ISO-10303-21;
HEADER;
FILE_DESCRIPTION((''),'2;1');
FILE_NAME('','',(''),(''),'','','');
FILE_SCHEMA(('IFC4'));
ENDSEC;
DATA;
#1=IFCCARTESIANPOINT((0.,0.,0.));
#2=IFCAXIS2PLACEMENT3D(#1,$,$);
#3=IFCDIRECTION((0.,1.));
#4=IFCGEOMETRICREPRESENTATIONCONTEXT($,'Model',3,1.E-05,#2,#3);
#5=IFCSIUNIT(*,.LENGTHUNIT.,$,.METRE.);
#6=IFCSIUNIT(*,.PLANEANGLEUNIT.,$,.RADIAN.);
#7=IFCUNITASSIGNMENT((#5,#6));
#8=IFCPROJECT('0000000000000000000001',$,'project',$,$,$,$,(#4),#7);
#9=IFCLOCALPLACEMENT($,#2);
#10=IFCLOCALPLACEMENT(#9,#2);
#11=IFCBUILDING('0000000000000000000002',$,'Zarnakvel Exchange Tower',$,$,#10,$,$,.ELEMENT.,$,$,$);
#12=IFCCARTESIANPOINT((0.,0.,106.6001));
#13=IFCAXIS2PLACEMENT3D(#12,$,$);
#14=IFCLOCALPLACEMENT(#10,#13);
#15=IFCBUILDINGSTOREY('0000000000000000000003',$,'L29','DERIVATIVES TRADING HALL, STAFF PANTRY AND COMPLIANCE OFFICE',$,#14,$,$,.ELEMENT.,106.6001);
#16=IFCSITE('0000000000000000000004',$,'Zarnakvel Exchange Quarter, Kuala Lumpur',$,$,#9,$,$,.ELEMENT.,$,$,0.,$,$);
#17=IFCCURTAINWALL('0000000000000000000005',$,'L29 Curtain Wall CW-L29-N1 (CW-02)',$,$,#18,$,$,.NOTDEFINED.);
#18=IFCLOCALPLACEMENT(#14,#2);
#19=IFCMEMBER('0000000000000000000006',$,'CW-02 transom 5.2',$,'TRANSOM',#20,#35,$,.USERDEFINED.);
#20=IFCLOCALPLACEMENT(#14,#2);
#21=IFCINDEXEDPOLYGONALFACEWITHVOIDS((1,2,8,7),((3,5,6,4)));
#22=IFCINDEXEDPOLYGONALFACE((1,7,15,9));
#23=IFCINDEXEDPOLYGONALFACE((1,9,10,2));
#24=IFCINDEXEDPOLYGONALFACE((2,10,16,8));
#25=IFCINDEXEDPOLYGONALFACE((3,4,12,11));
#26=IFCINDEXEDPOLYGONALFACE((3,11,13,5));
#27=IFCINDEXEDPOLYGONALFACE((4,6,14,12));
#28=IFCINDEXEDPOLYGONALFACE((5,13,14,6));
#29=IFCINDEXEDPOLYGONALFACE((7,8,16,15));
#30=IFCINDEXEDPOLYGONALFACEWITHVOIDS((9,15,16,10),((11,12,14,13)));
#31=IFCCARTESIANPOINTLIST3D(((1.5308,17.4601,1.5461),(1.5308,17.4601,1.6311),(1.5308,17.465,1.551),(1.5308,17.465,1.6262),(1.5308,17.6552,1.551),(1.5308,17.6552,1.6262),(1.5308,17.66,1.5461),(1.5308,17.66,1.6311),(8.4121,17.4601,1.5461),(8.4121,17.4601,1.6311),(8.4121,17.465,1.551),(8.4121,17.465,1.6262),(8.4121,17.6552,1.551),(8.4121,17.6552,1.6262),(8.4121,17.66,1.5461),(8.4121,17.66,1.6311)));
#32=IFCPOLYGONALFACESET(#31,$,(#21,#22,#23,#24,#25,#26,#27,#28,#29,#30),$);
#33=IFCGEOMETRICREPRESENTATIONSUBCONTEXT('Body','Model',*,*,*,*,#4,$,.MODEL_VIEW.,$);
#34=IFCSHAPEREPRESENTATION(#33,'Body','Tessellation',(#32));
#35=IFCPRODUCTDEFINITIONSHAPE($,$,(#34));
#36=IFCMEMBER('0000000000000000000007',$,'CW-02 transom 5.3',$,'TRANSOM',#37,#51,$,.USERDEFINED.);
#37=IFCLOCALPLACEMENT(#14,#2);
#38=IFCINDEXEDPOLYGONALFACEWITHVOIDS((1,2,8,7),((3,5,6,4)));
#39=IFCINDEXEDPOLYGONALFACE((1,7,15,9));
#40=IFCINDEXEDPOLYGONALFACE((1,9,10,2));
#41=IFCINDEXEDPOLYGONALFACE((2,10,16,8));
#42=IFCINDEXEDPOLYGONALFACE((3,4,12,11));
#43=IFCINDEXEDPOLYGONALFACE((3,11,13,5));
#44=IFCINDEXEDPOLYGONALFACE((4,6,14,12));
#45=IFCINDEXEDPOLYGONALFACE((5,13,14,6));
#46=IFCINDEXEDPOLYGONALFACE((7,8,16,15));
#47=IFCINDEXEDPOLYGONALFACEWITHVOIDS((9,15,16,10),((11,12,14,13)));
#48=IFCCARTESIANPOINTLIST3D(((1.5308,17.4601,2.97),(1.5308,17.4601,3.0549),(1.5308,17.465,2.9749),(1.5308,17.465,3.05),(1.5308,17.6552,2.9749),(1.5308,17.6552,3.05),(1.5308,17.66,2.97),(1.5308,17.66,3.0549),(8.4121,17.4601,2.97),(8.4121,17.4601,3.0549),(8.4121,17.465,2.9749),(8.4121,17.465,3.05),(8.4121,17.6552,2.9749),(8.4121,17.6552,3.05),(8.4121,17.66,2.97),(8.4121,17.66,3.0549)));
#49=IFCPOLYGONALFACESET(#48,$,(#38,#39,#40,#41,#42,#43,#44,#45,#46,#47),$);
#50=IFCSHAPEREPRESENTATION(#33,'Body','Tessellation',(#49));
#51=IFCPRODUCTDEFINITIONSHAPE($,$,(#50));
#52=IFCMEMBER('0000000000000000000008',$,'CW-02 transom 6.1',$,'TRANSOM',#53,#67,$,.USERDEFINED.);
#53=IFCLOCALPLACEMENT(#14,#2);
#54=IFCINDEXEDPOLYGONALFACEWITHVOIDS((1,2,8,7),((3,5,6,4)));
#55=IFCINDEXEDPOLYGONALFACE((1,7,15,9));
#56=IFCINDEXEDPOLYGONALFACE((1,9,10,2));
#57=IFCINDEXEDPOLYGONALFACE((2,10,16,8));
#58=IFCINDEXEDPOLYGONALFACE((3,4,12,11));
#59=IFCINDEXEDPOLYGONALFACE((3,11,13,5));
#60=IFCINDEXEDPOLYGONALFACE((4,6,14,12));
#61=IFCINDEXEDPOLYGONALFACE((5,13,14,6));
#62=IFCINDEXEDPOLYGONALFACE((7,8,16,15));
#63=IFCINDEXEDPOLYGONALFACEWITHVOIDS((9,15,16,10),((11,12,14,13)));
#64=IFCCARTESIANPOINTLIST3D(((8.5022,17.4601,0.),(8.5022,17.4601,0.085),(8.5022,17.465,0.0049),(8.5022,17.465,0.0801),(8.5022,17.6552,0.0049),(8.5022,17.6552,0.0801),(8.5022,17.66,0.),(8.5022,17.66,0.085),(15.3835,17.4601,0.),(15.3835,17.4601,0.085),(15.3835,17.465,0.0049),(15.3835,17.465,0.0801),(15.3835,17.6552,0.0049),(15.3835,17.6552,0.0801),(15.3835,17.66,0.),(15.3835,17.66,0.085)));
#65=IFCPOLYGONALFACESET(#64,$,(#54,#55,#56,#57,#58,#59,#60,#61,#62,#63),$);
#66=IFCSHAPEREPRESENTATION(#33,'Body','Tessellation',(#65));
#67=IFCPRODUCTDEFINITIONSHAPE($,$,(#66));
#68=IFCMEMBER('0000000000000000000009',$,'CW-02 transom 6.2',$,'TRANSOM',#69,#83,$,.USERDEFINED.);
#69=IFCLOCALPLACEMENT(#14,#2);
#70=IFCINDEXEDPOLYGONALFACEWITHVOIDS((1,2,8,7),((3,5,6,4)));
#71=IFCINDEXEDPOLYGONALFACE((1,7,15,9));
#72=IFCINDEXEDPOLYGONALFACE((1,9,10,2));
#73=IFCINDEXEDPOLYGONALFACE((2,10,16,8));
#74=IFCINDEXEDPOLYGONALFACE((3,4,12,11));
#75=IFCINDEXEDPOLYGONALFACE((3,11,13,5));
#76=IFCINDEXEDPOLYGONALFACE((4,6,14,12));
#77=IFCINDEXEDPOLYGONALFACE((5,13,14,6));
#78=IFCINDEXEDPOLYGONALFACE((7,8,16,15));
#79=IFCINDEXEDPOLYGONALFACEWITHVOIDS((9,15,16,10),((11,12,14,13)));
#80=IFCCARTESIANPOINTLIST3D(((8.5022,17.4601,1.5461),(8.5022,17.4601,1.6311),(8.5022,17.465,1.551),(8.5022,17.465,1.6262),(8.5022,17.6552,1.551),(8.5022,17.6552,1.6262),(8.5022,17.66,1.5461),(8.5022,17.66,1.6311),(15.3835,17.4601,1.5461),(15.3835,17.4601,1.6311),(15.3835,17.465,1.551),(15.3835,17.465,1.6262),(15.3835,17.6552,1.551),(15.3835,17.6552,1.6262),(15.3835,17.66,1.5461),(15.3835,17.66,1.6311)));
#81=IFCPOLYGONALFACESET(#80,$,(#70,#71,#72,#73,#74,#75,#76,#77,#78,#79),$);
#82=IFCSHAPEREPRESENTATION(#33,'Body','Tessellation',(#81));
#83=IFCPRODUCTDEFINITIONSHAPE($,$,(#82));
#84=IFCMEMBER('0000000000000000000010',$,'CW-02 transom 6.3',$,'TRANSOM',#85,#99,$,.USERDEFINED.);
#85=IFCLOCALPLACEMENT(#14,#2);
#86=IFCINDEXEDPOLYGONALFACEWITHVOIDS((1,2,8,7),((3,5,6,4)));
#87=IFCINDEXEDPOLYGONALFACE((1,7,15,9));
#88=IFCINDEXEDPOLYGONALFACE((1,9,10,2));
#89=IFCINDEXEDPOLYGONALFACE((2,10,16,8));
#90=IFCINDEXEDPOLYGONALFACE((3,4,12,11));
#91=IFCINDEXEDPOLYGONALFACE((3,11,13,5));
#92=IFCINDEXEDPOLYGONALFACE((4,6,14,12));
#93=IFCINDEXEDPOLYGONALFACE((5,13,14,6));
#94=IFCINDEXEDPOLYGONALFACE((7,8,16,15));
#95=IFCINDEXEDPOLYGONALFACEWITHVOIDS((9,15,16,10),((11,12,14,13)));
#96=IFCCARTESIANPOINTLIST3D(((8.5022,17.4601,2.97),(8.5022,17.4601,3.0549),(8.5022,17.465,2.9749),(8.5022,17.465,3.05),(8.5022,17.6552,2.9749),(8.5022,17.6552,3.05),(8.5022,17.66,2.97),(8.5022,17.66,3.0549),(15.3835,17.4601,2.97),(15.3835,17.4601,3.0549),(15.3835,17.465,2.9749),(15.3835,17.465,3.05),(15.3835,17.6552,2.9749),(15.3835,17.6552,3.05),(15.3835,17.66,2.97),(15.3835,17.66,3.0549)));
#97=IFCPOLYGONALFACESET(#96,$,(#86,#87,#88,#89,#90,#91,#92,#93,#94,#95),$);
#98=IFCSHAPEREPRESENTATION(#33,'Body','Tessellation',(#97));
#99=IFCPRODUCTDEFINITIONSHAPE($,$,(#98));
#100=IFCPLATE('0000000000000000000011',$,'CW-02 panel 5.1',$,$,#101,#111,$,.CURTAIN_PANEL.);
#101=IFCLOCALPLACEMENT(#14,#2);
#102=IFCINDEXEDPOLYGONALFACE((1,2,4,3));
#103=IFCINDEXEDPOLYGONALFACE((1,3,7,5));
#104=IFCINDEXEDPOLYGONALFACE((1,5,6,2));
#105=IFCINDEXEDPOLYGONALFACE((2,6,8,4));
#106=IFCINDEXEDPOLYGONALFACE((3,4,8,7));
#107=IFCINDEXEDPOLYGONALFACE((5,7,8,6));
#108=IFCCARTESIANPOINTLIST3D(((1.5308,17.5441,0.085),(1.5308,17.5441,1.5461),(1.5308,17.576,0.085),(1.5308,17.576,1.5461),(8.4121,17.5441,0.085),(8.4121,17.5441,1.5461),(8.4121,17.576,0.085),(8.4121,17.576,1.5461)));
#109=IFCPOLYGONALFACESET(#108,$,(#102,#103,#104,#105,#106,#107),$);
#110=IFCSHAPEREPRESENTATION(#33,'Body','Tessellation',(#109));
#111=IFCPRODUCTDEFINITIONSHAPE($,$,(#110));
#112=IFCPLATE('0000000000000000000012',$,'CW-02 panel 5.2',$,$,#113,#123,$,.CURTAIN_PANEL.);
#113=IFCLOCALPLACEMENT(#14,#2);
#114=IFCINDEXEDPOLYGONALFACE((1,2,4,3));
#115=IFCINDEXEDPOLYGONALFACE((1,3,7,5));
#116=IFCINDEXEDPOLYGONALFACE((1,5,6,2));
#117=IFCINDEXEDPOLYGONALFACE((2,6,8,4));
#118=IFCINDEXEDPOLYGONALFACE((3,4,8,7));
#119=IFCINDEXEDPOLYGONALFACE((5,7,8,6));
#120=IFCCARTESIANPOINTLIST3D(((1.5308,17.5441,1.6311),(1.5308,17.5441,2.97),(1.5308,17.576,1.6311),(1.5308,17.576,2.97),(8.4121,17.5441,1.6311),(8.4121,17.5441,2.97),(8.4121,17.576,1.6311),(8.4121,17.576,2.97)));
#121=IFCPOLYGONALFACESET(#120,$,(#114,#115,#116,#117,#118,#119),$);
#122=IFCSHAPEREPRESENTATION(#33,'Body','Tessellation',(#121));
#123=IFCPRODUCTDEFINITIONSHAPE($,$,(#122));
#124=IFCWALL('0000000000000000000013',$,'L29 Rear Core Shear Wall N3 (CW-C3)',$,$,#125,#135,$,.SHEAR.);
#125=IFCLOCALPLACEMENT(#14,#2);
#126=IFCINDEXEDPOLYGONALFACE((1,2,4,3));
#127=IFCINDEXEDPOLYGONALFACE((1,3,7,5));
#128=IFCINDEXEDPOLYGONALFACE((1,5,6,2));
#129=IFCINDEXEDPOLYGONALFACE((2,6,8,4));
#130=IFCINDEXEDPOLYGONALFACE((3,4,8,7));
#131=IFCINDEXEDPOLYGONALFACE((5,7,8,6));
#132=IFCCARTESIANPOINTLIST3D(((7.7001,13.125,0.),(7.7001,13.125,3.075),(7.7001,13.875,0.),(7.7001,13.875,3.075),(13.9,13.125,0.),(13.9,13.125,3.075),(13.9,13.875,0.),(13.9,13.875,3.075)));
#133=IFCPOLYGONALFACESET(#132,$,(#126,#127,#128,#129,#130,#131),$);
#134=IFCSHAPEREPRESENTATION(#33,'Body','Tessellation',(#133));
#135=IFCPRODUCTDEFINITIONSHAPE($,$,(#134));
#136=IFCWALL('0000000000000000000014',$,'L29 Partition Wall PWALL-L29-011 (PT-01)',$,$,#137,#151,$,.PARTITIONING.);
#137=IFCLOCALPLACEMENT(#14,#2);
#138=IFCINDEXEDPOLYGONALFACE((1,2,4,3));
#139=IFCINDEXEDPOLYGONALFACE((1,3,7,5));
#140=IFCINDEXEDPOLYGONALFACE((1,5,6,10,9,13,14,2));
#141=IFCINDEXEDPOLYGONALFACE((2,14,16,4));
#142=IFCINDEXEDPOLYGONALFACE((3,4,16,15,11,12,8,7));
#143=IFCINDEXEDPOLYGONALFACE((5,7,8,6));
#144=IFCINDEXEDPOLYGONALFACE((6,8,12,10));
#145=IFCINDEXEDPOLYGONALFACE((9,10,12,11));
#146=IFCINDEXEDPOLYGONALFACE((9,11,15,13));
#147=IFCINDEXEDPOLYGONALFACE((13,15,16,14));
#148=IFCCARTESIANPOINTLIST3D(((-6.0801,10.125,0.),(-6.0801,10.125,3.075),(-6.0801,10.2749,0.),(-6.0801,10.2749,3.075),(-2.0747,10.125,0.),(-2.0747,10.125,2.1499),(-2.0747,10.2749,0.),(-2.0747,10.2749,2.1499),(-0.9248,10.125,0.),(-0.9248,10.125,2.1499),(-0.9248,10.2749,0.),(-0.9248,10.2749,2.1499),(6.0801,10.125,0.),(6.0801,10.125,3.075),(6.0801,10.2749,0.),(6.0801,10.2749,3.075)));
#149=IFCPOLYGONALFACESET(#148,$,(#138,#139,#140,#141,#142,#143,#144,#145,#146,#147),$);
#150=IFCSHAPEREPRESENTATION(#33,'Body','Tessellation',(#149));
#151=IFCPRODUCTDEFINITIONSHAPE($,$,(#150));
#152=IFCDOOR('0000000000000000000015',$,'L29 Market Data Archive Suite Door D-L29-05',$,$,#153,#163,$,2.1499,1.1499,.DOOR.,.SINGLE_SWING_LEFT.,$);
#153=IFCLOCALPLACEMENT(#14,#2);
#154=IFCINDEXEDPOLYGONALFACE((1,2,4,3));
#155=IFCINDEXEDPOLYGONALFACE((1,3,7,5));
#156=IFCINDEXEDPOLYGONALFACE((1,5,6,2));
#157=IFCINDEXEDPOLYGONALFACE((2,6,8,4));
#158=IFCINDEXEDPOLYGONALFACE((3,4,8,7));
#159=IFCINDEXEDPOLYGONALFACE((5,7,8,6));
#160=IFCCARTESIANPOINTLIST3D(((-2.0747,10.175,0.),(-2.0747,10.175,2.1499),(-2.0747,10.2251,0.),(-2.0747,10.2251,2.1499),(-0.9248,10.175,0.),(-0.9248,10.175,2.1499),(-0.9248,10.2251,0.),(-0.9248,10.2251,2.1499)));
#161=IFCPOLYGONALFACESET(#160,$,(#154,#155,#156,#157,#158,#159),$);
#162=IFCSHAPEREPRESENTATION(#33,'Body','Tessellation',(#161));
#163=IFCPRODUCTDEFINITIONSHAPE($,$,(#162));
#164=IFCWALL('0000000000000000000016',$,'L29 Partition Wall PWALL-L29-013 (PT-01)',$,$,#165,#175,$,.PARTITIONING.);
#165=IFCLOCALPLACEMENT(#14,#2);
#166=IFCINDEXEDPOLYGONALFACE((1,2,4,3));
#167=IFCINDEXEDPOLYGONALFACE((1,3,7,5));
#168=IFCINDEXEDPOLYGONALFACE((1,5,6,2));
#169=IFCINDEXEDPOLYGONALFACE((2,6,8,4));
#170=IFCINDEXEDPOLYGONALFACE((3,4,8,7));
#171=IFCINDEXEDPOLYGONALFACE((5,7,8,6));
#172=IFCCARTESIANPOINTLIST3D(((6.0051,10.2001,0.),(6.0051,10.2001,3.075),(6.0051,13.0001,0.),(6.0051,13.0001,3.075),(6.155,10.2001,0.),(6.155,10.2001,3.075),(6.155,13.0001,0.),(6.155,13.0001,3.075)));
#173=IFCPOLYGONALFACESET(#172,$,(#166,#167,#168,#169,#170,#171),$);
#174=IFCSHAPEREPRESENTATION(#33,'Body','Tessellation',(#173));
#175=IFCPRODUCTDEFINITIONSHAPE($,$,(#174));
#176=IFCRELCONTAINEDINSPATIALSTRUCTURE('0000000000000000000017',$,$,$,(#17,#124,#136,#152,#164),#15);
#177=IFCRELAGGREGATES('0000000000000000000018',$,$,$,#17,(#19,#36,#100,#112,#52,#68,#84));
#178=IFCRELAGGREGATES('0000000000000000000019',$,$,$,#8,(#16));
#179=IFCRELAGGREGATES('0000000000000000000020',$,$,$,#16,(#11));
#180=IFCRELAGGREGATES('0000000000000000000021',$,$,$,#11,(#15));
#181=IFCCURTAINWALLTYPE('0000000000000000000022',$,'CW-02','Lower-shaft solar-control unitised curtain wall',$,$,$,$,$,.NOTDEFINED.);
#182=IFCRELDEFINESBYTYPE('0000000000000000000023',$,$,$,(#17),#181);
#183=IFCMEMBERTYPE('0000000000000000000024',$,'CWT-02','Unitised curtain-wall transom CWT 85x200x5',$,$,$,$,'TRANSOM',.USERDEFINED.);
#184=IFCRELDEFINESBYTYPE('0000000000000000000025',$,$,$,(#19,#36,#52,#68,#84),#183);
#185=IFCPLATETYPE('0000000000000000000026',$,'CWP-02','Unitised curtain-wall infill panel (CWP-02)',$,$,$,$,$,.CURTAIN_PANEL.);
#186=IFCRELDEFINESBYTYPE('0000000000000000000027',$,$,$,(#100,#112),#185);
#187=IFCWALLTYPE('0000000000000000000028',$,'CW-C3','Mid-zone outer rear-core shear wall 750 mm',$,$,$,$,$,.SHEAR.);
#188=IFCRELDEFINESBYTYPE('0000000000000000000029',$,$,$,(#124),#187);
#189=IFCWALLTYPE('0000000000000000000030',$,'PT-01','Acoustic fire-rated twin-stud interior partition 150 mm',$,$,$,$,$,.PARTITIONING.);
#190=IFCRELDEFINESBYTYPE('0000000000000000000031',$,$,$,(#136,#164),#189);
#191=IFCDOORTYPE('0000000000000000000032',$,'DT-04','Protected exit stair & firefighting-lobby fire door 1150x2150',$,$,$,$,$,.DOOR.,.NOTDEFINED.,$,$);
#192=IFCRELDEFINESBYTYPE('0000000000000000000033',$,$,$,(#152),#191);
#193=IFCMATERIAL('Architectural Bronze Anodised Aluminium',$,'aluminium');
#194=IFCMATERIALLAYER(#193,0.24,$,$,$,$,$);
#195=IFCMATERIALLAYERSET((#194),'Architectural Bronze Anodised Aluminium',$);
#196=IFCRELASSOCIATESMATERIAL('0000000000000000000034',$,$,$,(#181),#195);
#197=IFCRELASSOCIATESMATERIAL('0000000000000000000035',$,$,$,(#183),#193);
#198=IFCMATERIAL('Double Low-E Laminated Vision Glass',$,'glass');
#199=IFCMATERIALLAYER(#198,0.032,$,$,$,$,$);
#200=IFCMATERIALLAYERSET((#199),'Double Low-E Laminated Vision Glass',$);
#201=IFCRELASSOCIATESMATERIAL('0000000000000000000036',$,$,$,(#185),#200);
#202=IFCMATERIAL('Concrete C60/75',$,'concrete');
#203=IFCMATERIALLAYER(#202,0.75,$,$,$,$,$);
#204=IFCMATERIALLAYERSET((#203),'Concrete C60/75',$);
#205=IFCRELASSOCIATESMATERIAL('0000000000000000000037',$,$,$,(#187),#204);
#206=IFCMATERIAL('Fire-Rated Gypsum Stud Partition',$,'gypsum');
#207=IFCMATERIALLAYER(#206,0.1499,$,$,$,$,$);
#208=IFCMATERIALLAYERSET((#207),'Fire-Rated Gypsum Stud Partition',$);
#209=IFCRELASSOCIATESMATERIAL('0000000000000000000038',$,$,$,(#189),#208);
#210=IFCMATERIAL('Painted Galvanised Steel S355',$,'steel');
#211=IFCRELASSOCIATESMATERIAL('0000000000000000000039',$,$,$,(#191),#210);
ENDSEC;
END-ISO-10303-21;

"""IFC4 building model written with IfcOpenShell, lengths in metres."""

from ifc_helpers import new_model, si_unit, direction, frame, frame_2d, origin, origin_2d, place, context, subcontext, project, spatial, rectangle, hollow_rectangle, extrude, source, transform, mapped, material, layer, layer_set, material_profile, profile_set, type_object, element, fill, aggregate, save


model = new_model("IFC4")

# Units and contexts
model_context = context("Model", 3, precision=1e-05, world=origin(), true_north=direction((0.0, 1.0)))
body_context = subcontext(model_context, "Body", "Model", "MODEL_VIEW")
ifc_project = project(units=[si_unit("LENGTHUNIT", "METRE"), si_unit("PLANEANGLEUNIT", "RADIAN")], contexts=[model_context])

# Site, building, storey
site_placement = place(None, origin())
site = spatial("IfcSite", under=ifc_project, at=site_placement, Name="Zarnakvel Exchange Quarter, Kuala Lumpur", CompositionType="ELEMENT", RefElevation=0.0)
building_placement = place(site_placement, origin())
building = spatial("IfcBuilding", under=site, at=building_placement, Name="Zarnakvel Exchange Tower", CompositionType="ELEMENT")
storey_placement = place(building_placement, frame((0.0, 0.0, 106.6001)))
storey = spatial("IfcBuildingStorey", under=building, at=storey_placement, Name="L29", Description="DERIVATIVES TRADING HALL, STAFF PANTRY AND COMPLIANCE OFFICE", CompositionType="ELEMENT", Elevation=106.6001)

# Shared definitions
ifc_material_1 = material(Name="Concrete C60/75", Category="concrete")

# Curtain wall, members, plates
ifc_material_2 = material(Name="Architectural Bronze Anodised Aluminium", Category="aluminium")
ifc_layer_1 = layer(ifc_material_2, 0.24)
ifc_layer_set_1 = layer_set([ifc_layer_1], Name="Architectural Bronze Anodised Aluminium")
curtain_wall_type = type_object("IfcCurtainWallType", Name="CW-02", Description="Lower-shaft solar-control unitised curtain wall", PredefinedType="NOTDEFINED", material=ifc_layer_set_1)
curtain_wall_placement = place(storey_placement, origin())
curtain_wall = element("IfcCurtainWall", 1, at=curtain_wall_placement, inside=storey, type_object=curtain_wall_type, Name="L29 Curtain Wall CW-L29-N1 (CW-02)", PredefinedType="NOTDEFINED")
ifc_material_profile_1 = material_profile(ifc_material_2, hollow_rectangle(XDim=0.2, YDim=0.085, WallThickness=0.0049, at=origin_2d()))
ifc_profile_set_1 = profile_set([ifc_material_profile_1], Name="Architectural Bronze Anodised Aluminium")
member_type_1 = type_object("IfcMemberType", Name="CWT-02", Description="Unitised curtain-wall transom CWT 85x200x5", ElementType="TRANSOM", PredefinedType="USERDEFINED", material=ifc_profile_set_1)
shared_shape_1 = source(origin(), body_context, "Body", "SweptSolid", [
    extrude(hollow_rectangle(XDim=0.2, YDim=0.085, WallThickness=0.0049, at=origin_2d()), origin(), (0.0, 0.0, 1.0), 6.8813),
])
member_1_placement = place(storey_placement, frame((1.5308, 17.5601, 1.5886), z_axis=(1.0, 0.0, 0.0), x_axis=(0.0, 1.0, 0.0)))
member_1 = element("IfcMember", 2, at=member_1_placement, type_object=member_type_1, Name="CW-02 transom 5.2", ObjectType="TRANSOM", PredefinedType="USERDEFINED", context=body_context, shape_type="MappedRepresentation", body=[
    mapped(shared_shape_1, transform((0.0, 0.0, 0.0), x_axis=(1.0, 0.0, 0.0), y_axis=(0.0, 1.0, 0.0), z_axis=(0.0, 0.0, 1.0), scale=1.0)),
])
member_2_placement = place(storey_placement, frame((1.5308, 17.5601, 3.0125), z_axis=(1.0, 0.0, 0.0), x_axis=(0.0, 1.0, 0.0)))
member_2 = element("IfcMember", 3, at=member_2_placement, type_object=member_type_1, Name="CW-02 transom 5.3", ObjectType="TRANSOM", PredefinedType="USERDEFINED", context=body_context, shape_type="MappedRepresentation", body=[
    mapped(shared_shape_1, transform((0.0, 0.0, 0.0), x_axis=(1.0, 0.0, 0.0), y_axis=(0.0, 1.0, 0.0), z_axis=(0.0, 0.0, 1.0), scale=1.0)),
])
member_3_placement = place(storey_placement, frame((8.5022, 17.5601, 0.0425), z_axis=(1.0, 0.0, 0.0), x_axis=(0.0, 1.0, 0.0)))
member_3 = element("IfcMember", 4, at=member_3_placement, type_object=member_type_1, Name="CW-02 transom 6.1", ObjectType="TRANSOM", PredefinedType="USERDEFINED", context=body_context, shape_type="MappedRepresentation", body=[
    mapped(shared_shape_1, transform((0.0, 0.0, 0.0), x_axis=(1.0, 0.0, 0.0), y_axis=(0.0, 1.0, 0.0), z_axis=(0.0, 0.0, 1.0), scale=1.0)),
])
member_4_placement = place(storey_placement, frame((8.5022, 17.5601, 1.5886), z_axis=(1.0, 0.0, 0.0), x_axis=(0.0, 1.0, 0.0)))
member_4 = element("IfcMember", 5, at=member_4_placement, type_object=member_type_1, Name="CW-02 transom 6.2", ObjectType="TRANSOM", PredefinedType="USERDEFINED", context=body_context, shape_type="MappedRepresentation", body=[
    mapped(shared_shape_1, transform((0.0, 0.0, 0.0), x_axis=(1.0, 0.0, 0.0), y_axis=(0.0, 1.0, 0.0), z_axis=(0.0, 0.0, 1.0), scale=1.0)),
])
member_5_placement = place(storey_placement, frame((8.5022, 17.5601, 3.0125), z_axis=(1.0, 0.0, 0.0), x_axis=(0.0, 1.0, 0.0)))
member_5 = element("IfcMember", 6, at=member_5_placement, type_object=member_type_1, Name="CW-02 transom 6.3", ObjectType="TRANSOM", PredefinedType="USERDEFINED", context=body_context, shape_type="MappedRepresentation", body=[
    mapped(shared_shape_1, transform((0.0, 0.0, 0.0), x_axis=(1.0, 0.0, 0.0), y_axis=(0.0, 1.0, 0.0), z_axis=(0.0, 0.0, 1.0), scale=1.0)),
])
ifc_material_3 = material(Name="Double Low-E Laminated Vision Glass", Category="glass")
ifc_layer_2 = layer(ifc_material_3, 0.032)
ifc_layer_set_2 = layer_set([ifc_layer_2], Name="Double Low-E Laminated Vision Glass")
plate_type = type_object("IfcPlateType", Name="CWP-02", Description="Unitised curtain-wall infill panel (CWP-02)", PredefinedType="CURTAIN_PANEL", material=ifc_layer_set_2)
shared_shape_2 = source(origin(), body_context, "Body", "SweptSolid", [
    extrude(rectangle(XDim=6.8813, YDim=0.032, at=origin_2d()), origin(), (0.0, 0.0, 1.0), 1.4612),
])
plate_1_placement = place(storey_placement, frame((4.9714, 17.5601, 0.085), z_axis=(0.0, 0.0, 1.0), x_axis=(1.0, 0.0, 0.0)))
plate_1 = element("IfcPlate", 7, at=plate_1_placement, type_object=plate_type, Name="CW-02 panel 5.1", PredefinedType="CURTAIN_PANEL", context=body_context, shape_type="MappedRepresentation", body=[
    mapped(shared_shape_2, transform((0.0, 0.0, 0.0), x_axis=(1.0, 0.0, 0.0), y_axis=(0.0, 1.0, 0.0), z_axis=(0.0, 0.0, 1.0), scale=1.0)),
])
shared_shape_3 = source(origin(), body_context, "Body", "SweptSolid", [
    extrude(rectangle(XDim=6.8813, YDim=0.032, at=origin_2d()), origin(), (0.0, 0.0, 1.0), 1.3389),
])
plate_2_placement = place(storey_placement, frame((4.9714, 17.5601, 1.6311), z_axis=(0.0, 0.0, 1.0), x_axis=(1.0, 0.0, 0.0)))
plate_2 = element("IfcPlate", 8, at=plate_2_placement, type_object=plate_type, Name="CW-02 panel 5.2", PredefinedType="CURTAIN_PANEL", context=body_context, shape_type="MappedRepresentation", body=[
    mapped(shared_shape_3, transform((0.0, 0.0, 0.0), x_axis=(1.0, 0.0, 0.0), y_axis=(0.0, 1.0, 0.0), z_axis=(0.0, 0.0, 1.0), scale=1.0)),
])
aggregate(curtain_wall, [member_1, member_2, plate_1, plate_2, member_3, member_4, member_5])

# Wall
ifc_layer_3 = layer(ifc_material_1, 0.75)
ifc_layer_set_3 = layer_set([ifc_layer_3], Name="Concrete C60/75")
wall_type_1 = type_object("IfcWallType", Name="CW-C3", Description="Mid-zone outer rear-core shear wall 750 mm", PredefinedType="SHEAR", material=ifc_layer_set_3)
wall_1_placement = place(storey_placement, frame((7.7, 13.5, 0.0), z_axis=(0.0, 0.0, 1.0), x_axis=(1.0, 0.0, 0.0)))
element("IfcWall", 9, at=wall_1_placement, inside=storey, type_object=wall_type_1, Name="L29 Rear Core Shear Wall N3 (CW-C3)", PredefinedType="SHEAR", context=body_context, shape_type="SweptSolid", body=[
    extrude(rectangle(XDim=6.2, YDim=0.75, at=frame_2d((3.1001, 0.0))), origin(), (0.0, 0.0, 1.0), 3.075),
])

# Wall, opening, door
ifc_material_4 = material(Name="Fire-Rated Gypsum Stud Partition", Category="gypsum")
ifc_layer_4 = layer(ifc_material_4, 0.1499)
ifc_layer_set_4 = layer_set([ifc_layer_4], Name="Fire-Rated Gypsum Stud Partition")
wall_type_2 = type_object("IfcWallType", Name="PT-01", Description="Acoustic fire-rated twin-stud interior partition 150 mm", PredefinedType="PARTITIONING", material=ifc_layer_set_4)
wall_2_placement = place(storey_placement, frame((6.0801, 10.2, 0.0), z_axis=(0.0, 0.0, 1.0), x_axis=(-1.0, 0.0, 0.0)))
wall_2 = element("IfcWall", 10, at=wall_2_placement, inside=storey, type_object=wall_type_2, Name="L29 Partition Wall PWALL-L29-011 (PT-01)", PredefinedType="PARTITIONING", context=body_context, shape_type="SweptSolid", body=[
    extrude(rectangle(XDim=12.1602, YDim=0.1499, at=frame_2d((6.0801, 0.0))), origin(), (0.0, 0.0, 1.0), 3.075),
])
opening_placement = place(wall_2_placement, frame((7.0049, 0.0, 0.0)))
opening = element("IfcOpeningElement", 11, at=opening_placement, cuts=wall_2, PredefinedType="OPENING", context=body_context, shape_type="SweptSolid", body=[
    extrude(rectangle(XDim=1.1499, YDim=2.1499, at=frame_2d((0.575, 1.075))), frame((0.0, 0.085, 0.0), z_axis=(0.0, -1.0, 0.0), x_axis=(1.0, 0.0, 0.0)), (0.0, 0.0, 1.0), 0.1699),
])
ifc_material_5 = material(Name="Painted Galvanised Steel S355", Category="steel")
door_type = type_object("IfcDoorType", Name="DT-04", Description="Protected exit stair & firefighting-lobby fire door 1150x2150", OperationType="NOTDEFINED", PredefinedType="DOOR", material=ifc_material_5)
shared_shape_4 = source(origin(), body_context, "Body", "SweptSolid", [
    extrude(rectangle(XDim=1.1499, YDim=2.1499, at=frame_2d((0.575, 1.075))), frame((0.0, 0.0249, 0.0), z_axis=(0.0, -1.0, 0.0), x_axis=(1.0, 0.0, 0.0)), (0.0, 0.0, 1.0), 0.05),
])
door_placement = place(opening_placement, origin())
door = element("IfcDoor", 12, at=door_placement, inside=storey, type_object=door_type, Name="L29 Market Data Archive Suite Door D-L29-05", OperationType="SINGLE_SWING_LEFT", OverallHeight=2.1499, OverallWidth=1.1499, PredefinedType="DOOR", context=body_context, shape_type="MappedRepresentation", body=[
    mapped(shared_shape_4, transform((0.0, 0.0, 0.0), x_axis=(1.0, 0.0, 0.0), y_axis=(0.0, 1.0, 0.0), z_axis=(0.0, 0.0, 1.0), scale=1.0)),
])
fill(opening, door)

# Wall
wall_3_placement = place(storey_placement, frame((6.0801, 13.0, 0.0), z_axis=(0.0, 0.0, 1.0), x_axis=(0.0, -1.0, 0.0)))
element("IfcWall", 13, at=wall_3_placement, inside=storey, type_object=wall_type_2, Name="L29 Partition Wall PWALL-L29-013 (PT-01)", PredefinedType="PARTITIONING", context=body_context, shape_type="SweptSolid", body=[
    extrude(rectangle(XDim=2.8, YDim=0.1499, at=frame_2d((1.3999, 0.0))), origin(), (0.0, 0.0, 1.0), 3.075),
])

save(model, "model.ifc")
